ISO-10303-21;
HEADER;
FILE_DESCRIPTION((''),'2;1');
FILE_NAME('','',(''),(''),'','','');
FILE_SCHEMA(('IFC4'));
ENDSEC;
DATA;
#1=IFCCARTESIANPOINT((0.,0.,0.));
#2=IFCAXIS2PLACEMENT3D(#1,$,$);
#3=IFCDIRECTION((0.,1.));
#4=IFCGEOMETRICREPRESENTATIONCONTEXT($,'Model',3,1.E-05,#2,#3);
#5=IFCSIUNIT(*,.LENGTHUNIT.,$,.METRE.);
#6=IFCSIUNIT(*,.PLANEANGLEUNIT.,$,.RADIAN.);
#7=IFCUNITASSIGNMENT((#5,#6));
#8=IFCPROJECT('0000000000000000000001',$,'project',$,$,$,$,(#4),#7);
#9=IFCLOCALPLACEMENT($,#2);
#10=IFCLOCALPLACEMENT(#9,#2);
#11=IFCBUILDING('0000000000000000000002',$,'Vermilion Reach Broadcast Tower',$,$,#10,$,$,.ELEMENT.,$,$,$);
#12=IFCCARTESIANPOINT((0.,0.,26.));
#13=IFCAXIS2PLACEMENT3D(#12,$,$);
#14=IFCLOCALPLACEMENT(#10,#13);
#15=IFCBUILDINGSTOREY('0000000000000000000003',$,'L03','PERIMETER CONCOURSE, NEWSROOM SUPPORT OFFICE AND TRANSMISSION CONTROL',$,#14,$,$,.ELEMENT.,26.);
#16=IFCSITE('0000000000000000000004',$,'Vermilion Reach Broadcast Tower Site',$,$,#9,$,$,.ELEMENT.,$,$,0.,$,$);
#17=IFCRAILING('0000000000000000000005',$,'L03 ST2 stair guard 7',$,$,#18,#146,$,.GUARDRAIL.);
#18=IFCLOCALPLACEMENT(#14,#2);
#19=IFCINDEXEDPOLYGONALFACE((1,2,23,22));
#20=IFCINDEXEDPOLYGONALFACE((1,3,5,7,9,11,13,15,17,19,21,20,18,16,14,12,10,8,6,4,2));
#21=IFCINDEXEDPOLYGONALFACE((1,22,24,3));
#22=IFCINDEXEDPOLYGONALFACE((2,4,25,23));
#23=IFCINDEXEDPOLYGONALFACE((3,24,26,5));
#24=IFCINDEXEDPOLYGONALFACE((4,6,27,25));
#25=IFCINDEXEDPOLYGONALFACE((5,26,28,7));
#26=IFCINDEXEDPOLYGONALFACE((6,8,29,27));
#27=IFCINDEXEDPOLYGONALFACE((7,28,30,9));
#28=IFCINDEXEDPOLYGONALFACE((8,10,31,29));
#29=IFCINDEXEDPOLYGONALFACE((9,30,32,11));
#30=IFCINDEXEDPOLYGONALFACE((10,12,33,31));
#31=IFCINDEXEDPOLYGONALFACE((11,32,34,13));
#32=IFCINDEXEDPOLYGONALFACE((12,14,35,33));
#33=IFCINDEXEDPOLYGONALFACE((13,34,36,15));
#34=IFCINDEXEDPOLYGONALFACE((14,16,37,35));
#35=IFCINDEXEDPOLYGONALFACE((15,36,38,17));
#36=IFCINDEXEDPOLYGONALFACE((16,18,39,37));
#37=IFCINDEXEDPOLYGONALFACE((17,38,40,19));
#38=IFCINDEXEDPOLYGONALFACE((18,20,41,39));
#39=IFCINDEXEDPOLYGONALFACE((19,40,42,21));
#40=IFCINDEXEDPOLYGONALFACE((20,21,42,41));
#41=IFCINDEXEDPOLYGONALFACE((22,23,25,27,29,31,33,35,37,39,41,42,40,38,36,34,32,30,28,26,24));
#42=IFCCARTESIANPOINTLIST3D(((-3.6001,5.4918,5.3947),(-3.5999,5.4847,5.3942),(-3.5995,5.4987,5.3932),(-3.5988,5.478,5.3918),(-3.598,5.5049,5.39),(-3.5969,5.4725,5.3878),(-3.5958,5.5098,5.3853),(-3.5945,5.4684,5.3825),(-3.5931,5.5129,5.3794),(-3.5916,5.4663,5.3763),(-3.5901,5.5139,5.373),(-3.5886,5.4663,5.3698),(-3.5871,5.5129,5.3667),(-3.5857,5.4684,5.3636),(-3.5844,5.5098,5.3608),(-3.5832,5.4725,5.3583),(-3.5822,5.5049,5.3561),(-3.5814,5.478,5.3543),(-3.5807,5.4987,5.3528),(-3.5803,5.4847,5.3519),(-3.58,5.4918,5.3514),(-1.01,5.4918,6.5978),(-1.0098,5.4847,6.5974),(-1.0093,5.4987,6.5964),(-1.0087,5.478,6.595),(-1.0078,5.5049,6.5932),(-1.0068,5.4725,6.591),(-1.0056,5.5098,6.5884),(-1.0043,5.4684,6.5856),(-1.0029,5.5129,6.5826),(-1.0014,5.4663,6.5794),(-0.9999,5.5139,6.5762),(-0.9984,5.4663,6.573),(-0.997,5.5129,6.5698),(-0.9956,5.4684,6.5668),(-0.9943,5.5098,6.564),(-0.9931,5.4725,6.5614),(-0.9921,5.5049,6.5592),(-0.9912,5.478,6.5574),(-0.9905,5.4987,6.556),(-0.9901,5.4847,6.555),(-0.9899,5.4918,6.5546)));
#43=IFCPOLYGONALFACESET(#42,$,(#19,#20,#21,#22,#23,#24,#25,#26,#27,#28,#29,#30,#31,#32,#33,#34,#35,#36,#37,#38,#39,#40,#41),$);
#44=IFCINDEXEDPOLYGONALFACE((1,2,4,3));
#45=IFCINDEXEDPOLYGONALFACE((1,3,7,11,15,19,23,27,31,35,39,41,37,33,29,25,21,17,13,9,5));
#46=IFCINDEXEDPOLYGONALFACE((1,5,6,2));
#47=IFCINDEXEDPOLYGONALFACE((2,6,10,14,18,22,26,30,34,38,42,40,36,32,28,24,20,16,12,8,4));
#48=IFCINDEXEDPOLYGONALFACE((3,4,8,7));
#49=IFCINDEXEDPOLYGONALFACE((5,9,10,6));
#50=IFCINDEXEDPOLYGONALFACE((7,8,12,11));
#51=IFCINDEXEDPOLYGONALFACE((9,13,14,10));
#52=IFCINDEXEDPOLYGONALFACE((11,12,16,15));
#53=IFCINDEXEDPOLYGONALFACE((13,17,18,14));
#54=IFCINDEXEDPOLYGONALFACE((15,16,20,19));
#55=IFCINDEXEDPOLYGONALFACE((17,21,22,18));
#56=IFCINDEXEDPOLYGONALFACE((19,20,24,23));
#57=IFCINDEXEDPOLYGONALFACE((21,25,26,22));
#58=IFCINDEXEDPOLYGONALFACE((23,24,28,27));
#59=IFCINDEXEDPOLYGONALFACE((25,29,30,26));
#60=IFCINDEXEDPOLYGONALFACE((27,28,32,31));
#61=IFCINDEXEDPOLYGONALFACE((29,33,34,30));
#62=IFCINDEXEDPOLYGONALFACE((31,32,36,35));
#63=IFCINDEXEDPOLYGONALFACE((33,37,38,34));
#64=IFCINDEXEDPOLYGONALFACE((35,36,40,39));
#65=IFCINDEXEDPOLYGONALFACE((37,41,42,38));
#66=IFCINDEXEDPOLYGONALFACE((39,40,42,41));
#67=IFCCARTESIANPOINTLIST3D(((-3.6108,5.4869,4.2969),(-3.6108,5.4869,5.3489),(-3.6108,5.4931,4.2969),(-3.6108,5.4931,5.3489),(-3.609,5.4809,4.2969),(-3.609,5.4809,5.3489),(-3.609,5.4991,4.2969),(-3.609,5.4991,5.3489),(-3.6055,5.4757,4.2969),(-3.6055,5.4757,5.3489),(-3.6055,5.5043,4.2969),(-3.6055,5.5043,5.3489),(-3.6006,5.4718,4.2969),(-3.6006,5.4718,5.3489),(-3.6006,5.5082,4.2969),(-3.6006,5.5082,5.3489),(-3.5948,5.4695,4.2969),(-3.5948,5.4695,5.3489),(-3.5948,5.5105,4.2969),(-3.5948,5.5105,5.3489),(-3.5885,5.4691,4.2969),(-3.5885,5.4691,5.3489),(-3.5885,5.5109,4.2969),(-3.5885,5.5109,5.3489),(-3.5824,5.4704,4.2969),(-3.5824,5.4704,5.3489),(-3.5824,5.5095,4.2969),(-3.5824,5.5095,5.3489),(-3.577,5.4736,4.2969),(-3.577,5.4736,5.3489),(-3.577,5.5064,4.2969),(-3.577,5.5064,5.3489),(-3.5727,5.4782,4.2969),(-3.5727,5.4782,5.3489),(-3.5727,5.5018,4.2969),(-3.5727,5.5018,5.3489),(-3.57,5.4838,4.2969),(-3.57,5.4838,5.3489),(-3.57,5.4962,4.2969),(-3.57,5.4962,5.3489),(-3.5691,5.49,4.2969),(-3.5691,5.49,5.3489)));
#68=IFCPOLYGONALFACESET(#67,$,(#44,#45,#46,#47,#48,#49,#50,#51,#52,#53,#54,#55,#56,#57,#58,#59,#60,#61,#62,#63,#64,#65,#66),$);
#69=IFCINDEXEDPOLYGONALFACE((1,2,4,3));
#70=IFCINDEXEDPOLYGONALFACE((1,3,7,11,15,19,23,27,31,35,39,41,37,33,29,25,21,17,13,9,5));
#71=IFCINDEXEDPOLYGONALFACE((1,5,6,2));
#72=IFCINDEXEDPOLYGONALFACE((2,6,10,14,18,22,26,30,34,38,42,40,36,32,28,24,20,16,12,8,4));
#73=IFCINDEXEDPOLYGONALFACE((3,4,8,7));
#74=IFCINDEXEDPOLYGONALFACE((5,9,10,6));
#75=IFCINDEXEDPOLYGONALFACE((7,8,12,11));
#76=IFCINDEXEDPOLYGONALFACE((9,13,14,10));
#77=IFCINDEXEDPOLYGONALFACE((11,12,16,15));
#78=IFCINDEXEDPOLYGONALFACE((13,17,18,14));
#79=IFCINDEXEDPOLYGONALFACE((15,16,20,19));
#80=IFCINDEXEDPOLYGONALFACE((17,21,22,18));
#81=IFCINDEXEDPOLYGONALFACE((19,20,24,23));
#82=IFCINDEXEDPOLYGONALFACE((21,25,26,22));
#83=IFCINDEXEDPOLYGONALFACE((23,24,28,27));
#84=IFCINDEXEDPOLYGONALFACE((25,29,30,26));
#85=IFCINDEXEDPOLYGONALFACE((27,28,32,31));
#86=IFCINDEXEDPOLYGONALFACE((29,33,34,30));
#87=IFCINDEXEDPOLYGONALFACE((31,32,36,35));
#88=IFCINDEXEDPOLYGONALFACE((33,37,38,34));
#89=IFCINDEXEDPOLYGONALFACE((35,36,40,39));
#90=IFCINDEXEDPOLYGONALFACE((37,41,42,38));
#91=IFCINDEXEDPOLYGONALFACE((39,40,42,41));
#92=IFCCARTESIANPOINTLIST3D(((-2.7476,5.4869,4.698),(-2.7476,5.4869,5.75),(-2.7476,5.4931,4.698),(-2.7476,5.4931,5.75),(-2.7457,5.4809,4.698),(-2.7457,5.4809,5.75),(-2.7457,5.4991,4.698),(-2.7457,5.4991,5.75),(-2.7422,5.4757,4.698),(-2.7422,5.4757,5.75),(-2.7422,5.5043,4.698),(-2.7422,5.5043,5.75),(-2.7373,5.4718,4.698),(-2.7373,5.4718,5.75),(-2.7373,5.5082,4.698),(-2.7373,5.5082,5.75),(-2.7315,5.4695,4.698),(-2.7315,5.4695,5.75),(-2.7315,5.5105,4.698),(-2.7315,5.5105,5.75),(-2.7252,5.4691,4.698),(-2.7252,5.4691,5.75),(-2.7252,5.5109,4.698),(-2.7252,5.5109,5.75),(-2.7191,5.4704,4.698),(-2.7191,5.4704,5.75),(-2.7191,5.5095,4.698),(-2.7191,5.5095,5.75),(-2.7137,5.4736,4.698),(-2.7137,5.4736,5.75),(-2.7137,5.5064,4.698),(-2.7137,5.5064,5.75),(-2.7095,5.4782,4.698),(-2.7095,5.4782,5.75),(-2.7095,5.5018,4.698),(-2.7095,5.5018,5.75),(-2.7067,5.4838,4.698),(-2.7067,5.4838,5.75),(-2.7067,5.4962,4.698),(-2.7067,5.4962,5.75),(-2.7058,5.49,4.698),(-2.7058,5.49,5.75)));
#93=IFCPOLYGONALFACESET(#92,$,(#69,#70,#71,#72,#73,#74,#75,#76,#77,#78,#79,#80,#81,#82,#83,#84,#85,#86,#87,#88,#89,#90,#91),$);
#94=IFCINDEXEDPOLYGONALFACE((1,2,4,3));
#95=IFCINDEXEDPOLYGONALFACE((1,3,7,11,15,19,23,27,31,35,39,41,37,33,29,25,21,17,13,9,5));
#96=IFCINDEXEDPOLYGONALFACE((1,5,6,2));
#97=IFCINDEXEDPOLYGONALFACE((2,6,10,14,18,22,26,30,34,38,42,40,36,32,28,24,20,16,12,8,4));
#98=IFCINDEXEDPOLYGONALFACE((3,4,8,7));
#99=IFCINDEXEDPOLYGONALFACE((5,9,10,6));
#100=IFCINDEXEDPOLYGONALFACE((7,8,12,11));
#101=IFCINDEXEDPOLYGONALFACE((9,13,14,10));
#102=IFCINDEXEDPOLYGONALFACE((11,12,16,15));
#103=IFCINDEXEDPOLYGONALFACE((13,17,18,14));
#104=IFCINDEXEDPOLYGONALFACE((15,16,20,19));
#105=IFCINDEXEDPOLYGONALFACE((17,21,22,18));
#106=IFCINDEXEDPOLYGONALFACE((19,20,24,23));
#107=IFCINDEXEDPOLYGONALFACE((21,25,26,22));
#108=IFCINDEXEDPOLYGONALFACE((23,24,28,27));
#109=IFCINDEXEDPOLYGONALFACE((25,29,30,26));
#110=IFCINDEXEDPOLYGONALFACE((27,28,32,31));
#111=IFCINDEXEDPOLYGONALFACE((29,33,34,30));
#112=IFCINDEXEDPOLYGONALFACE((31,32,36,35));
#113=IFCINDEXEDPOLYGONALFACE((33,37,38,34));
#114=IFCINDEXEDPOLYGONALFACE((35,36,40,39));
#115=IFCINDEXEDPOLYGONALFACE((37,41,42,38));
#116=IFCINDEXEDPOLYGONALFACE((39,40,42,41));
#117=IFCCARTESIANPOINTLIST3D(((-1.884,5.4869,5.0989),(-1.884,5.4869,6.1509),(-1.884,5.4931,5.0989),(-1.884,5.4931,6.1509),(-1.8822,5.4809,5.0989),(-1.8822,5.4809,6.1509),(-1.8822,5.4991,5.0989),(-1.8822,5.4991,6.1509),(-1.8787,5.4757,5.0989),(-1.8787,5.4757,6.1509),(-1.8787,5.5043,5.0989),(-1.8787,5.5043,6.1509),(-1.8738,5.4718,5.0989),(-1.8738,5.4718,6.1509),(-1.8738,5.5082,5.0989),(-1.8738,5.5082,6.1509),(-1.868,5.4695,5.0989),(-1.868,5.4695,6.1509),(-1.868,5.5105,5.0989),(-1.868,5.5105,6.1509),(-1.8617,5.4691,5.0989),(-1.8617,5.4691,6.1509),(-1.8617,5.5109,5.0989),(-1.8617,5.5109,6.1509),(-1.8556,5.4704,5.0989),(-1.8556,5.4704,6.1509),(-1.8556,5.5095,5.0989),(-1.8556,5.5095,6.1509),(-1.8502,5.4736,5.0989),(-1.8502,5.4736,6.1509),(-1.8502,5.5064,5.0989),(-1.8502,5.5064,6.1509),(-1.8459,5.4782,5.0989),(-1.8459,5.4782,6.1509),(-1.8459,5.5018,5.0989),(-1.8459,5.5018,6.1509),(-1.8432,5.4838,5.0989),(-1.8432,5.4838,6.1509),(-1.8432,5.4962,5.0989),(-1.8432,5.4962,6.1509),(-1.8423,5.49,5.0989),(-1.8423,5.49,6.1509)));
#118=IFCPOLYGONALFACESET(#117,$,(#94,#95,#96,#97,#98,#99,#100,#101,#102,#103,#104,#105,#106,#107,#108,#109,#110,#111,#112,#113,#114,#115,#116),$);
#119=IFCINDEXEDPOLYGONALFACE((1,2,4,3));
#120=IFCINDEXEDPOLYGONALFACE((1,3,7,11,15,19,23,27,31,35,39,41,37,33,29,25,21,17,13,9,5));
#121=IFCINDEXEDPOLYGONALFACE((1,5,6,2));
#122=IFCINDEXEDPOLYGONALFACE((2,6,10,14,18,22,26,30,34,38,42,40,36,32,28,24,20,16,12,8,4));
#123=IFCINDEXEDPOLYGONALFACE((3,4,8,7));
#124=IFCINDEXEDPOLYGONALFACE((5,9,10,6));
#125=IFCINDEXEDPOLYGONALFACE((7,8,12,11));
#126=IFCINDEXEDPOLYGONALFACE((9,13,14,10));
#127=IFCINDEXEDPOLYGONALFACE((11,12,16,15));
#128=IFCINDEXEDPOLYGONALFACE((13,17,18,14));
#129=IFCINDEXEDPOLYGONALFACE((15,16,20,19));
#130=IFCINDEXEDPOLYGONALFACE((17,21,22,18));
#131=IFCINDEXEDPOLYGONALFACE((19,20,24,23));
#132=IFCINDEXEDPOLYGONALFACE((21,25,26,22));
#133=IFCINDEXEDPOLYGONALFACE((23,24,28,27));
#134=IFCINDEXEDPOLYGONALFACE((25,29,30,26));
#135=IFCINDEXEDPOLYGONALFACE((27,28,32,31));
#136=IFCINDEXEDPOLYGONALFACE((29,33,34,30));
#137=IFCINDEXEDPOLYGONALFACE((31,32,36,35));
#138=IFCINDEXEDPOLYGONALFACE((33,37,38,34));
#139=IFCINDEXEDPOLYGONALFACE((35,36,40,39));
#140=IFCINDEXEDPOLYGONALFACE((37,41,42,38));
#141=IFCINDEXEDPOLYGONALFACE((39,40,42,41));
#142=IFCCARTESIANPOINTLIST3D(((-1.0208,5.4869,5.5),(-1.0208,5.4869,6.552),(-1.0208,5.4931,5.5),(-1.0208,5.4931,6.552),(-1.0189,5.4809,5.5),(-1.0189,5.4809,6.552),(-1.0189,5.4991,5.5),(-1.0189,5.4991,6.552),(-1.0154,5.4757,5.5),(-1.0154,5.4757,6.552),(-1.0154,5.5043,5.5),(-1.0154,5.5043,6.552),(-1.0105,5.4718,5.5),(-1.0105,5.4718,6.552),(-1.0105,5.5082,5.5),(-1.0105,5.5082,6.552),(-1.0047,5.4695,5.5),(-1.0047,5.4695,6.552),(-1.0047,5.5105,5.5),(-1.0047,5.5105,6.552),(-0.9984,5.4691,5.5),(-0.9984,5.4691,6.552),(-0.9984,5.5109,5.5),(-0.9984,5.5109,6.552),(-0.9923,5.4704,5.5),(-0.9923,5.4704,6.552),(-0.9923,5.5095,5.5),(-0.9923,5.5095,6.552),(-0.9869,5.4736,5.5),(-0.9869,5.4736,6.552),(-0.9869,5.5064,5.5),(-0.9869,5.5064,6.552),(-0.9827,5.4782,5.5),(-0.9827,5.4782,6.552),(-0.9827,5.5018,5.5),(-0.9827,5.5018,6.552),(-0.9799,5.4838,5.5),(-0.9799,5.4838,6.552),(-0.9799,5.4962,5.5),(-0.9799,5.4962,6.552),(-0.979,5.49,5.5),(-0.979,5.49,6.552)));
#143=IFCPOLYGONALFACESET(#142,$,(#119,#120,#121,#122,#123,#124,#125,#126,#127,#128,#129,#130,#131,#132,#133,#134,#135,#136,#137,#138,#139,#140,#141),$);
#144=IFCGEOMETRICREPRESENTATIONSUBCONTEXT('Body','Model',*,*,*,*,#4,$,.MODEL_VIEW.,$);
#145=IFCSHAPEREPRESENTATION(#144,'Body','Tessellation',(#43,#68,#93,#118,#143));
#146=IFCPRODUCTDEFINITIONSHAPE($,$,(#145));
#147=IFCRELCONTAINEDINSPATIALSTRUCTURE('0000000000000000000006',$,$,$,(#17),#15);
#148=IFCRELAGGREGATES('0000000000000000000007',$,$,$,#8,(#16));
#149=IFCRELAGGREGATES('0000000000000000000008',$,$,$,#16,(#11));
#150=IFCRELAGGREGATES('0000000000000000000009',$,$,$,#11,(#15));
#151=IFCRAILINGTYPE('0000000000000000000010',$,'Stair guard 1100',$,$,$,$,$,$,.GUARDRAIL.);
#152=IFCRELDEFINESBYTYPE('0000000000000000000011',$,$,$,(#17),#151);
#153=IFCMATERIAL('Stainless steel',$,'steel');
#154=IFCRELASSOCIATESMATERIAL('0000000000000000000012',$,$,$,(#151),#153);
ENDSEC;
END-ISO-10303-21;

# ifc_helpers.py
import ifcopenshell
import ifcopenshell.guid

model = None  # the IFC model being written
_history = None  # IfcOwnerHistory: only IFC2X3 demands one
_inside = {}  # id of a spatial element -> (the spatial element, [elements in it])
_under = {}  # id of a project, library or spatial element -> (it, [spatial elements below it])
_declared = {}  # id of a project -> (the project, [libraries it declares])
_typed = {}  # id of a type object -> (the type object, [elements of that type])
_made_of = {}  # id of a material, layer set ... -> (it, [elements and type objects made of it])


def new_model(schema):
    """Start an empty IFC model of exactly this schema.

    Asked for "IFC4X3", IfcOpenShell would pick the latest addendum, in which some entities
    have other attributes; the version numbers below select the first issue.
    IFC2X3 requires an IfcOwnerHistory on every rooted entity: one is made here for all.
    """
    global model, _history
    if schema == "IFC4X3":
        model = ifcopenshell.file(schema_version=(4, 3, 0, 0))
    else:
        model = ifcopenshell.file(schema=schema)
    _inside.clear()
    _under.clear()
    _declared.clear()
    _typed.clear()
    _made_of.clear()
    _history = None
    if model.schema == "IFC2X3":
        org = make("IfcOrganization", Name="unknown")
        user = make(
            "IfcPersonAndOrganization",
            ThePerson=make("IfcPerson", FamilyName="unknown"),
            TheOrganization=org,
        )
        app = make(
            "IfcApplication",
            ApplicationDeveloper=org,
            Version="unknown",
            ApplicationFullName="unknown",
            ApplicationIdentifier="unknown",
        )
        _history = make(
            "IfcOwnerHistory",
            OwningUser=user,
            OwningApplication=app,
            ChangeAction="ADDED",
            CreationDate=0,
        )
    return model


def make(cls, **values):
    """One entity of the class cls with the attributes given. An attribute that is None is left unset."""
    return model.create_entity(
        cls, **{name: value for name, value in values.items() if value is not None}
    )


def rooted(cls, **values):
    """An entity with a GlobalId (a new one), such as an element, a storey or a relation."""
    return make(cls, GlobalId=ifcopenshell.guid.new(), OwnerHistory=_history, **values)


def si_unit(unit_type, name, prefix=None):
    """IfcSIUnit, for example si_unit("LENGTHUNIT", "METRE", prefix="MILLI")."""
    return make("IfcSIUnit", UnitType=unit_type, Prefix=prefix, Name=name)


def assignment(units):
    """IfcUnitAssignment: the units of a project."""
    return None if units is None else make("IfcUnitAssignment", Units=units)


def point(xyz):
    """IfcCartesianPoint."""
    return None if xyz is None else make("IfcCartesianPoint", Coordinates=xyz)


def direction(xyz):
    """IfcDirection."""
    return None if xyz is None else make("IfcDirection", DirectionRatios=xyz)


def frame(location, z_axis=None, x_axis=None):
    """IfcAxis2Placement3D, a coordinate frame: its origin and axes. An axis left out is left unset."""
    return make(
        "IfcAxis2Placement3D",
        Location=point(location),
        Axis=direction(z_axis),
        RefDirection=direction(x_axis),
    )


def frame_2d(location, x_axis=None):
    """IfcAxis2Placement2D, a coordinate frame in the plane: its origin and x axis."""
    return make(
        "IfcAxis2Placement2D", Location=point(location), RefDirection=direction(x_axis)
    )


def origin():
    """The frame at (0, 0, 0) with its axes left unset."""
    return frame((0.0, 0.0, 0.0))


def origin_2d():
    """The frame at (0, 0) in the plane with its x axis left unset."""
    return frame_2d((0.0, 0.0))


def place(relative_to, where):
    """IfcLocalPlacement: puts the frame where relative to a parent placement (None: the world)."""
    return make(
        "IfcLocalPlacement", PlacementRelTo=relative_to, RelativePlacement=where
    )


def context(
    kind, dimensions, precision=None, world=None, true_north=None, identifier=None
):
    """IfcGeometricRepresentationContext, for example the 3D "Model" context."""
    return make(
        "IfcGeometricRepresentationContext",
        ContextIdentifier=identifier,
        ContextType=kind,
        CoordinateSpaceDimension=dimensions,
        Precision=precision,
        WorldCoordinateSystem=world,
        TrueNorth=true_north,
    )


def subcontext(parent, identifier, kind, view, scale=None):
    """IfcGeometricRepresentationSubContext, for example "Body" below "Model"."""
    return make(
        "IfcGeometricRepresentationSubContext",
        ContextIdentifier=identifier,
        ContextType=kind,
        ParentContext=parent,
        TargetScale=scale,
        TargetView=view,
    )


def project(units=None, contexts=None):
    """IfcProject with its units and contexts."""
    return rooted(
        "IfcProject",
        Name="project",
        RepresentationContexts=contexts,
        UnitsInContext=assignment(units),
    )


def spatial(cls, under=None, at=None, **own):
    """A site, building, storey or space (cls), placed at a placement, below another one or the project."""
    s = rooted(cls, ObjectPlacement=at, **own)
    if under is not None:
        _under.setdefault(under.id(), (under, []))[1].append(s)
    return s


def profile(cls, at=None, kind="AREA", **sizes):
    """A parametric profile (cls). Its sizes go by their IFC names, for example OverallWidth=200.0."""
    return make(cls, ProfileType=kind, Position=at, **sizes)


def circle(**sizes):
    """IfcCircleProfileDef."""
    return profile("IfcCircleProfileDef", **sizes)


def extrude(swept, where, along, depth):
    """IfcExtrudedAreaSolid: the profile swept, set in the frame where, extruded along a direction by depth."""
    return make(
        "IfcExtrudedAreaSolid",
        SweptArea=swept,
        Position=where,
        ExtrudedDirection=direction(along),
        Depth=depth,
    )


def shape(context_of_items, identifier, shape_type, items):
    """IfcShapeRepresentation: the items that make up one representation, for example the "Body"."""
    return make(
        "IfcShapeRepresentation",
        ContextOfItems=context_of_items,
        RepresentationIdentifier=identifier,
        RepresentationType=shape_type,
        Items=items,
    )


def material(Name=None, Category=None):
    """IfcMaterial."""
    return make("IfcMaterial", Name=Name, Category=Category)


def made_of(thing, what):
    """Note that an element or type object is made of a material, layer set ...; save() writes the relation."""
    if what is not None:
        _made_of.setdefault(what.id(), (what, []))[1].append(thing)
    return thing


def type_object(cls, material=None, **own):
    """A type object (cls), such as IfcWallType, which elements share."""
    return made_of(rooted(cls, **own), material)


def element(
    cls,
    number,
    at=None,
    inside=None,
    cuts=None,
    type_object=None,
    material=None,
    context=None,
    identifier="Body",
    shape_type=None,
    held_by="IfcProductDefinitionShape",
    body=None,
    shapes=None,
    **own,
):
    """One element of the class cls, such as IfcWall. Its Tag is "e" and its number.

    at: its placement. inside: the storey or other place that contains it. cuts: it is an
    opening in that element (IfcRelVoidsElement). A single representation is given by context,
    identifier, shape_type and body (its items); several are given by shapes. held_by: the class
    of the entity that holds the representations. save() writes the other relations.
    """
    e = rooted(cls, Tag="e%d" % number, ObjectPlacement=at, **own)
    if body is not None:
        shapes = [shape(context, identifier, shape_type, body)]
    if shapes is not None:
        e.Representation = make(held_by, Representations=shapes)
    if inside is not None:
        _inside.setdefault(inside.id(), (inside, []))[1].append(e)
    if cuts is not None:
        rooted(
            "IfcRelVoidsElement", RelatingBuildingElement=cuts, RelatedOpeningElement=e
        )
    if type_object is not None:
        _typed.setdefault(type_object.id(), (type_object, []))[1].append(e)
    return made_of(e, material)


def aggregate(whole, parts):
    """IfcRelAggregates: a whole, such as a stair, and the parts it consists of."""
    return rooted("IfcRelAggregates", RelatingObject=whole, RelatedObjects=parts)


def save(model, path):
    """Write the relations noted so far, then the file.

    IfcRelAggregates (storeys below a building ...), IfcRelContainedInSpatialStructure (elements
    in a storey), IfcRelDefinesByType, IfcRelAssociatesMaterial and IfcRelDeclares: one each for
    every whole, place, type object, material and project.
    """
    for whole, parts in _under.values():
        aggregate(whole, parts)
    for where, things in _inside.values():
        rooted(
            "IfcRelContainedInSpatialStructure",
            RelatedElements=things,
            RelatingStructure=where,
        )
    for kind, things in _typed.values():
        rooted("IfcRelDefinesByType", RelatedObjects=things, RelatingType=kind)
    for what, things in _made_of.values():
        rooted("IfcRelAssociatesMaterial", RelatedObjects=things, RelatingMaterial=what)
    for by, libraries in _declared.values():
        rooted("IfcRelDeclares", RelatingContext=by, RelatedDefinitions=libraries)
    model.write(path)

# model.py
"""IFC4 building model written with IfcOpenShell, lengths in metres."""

from ifc_helpers import new_model, si_unit, direction, frame, origin, origin_2d, place, context, subcontext, project, spatial, circle, extrude, material, type_object, element, save


model = new_model("IFC4")

# Units and contexts
model_context = context("Model", 3, precision=1e-05, world=origin(), true_north=direction((0.0, 1.0)))
body_context = subcontext(model_context, "Body", "Model", "MODEL_VIEW")
ifc_project = project(units=[si_unit("LENGTHUNIT", "METRE"), si_unit("PLANEANGLEUNIT", "RADIAN")], contexts=[model_context])

# Site, building, storey
site_placement = place(None, origin())
site = spatial("IfcSite", under=ifc_project, at=site_placement, Name="Vermilion Reach Broadcast Tower Site", CompositionType="ELEMENT", RefElevation=0.0)
building_placement = place(site_placement, origin())
building = spatial("IfcBuilding", under=site, at=building_placement, Name="Vermilion Reach Broadcast Tower", CompositionType="ELEMENT")
storey_placement = place(building_placement, frame((0.0, 0.0, 26.0)))
storey = spatial("IfcBuildingStorey", under=building, at=storey_placement, Name="L03", Description="PERIMETER CONCOURSE, NEWSROOM SUPPORT OFFICE AND TRANSMISSION CONTROL", CompositionType="ELEMENT", Elevation=26.0)

# Railing
ifc_material_1 = material(Name="Stainless steel", Category="steel")
railing_type_1 = type_object("IfcRailingType", Name="Stair guard 1100", PredefinedType="GUARDRAIL", material=ifc_material_1)
railing_1_placement = place(storey_placement, frame((-3.5901, 5.49, 4.2969)))
element("IfcRailing", 1, at=railing_1_placement, inside=storey, type_object=railing_type_1, Name="L03 ST2 stair guard 7", PredefinedType="GUARDRAIL", context=body_context, shape_type="SweptSolid", body=[
    extrude(circle(Radius=0.0239, at=origin_2d()), frame((0.0, 0.0, 1.0762), z_axis=(0.906931, 0.0, 0.42128), x_axis=(0.0, 1.0, 0.0)), (0.0, 0.0, 1.0), 2.856),
    extrude(circle(Radius=0.021, at=origin_2d()), origin(), (0.0, 0.0, 1.0), 1.052),
    extrude(circle(Radius=0.021, at=origin_2d()), frame((0.8633, 0.0, 0.4011)), (0.0, 0.0, 1.0), 1.052),
    extrude(circle(Radius=0.021, at=origin_2d()), frame((1.7268, 0.0, 0.802)), (0.0, 0.0, 1.0), 1.052),
    extrude(circle(Radius=0.021, at=origin_2d()), frame((2.5901, 0.0, 1.2031)), (0.0, 0.0, 1.0), 1.052),
])

save(model, "model.ifc")
